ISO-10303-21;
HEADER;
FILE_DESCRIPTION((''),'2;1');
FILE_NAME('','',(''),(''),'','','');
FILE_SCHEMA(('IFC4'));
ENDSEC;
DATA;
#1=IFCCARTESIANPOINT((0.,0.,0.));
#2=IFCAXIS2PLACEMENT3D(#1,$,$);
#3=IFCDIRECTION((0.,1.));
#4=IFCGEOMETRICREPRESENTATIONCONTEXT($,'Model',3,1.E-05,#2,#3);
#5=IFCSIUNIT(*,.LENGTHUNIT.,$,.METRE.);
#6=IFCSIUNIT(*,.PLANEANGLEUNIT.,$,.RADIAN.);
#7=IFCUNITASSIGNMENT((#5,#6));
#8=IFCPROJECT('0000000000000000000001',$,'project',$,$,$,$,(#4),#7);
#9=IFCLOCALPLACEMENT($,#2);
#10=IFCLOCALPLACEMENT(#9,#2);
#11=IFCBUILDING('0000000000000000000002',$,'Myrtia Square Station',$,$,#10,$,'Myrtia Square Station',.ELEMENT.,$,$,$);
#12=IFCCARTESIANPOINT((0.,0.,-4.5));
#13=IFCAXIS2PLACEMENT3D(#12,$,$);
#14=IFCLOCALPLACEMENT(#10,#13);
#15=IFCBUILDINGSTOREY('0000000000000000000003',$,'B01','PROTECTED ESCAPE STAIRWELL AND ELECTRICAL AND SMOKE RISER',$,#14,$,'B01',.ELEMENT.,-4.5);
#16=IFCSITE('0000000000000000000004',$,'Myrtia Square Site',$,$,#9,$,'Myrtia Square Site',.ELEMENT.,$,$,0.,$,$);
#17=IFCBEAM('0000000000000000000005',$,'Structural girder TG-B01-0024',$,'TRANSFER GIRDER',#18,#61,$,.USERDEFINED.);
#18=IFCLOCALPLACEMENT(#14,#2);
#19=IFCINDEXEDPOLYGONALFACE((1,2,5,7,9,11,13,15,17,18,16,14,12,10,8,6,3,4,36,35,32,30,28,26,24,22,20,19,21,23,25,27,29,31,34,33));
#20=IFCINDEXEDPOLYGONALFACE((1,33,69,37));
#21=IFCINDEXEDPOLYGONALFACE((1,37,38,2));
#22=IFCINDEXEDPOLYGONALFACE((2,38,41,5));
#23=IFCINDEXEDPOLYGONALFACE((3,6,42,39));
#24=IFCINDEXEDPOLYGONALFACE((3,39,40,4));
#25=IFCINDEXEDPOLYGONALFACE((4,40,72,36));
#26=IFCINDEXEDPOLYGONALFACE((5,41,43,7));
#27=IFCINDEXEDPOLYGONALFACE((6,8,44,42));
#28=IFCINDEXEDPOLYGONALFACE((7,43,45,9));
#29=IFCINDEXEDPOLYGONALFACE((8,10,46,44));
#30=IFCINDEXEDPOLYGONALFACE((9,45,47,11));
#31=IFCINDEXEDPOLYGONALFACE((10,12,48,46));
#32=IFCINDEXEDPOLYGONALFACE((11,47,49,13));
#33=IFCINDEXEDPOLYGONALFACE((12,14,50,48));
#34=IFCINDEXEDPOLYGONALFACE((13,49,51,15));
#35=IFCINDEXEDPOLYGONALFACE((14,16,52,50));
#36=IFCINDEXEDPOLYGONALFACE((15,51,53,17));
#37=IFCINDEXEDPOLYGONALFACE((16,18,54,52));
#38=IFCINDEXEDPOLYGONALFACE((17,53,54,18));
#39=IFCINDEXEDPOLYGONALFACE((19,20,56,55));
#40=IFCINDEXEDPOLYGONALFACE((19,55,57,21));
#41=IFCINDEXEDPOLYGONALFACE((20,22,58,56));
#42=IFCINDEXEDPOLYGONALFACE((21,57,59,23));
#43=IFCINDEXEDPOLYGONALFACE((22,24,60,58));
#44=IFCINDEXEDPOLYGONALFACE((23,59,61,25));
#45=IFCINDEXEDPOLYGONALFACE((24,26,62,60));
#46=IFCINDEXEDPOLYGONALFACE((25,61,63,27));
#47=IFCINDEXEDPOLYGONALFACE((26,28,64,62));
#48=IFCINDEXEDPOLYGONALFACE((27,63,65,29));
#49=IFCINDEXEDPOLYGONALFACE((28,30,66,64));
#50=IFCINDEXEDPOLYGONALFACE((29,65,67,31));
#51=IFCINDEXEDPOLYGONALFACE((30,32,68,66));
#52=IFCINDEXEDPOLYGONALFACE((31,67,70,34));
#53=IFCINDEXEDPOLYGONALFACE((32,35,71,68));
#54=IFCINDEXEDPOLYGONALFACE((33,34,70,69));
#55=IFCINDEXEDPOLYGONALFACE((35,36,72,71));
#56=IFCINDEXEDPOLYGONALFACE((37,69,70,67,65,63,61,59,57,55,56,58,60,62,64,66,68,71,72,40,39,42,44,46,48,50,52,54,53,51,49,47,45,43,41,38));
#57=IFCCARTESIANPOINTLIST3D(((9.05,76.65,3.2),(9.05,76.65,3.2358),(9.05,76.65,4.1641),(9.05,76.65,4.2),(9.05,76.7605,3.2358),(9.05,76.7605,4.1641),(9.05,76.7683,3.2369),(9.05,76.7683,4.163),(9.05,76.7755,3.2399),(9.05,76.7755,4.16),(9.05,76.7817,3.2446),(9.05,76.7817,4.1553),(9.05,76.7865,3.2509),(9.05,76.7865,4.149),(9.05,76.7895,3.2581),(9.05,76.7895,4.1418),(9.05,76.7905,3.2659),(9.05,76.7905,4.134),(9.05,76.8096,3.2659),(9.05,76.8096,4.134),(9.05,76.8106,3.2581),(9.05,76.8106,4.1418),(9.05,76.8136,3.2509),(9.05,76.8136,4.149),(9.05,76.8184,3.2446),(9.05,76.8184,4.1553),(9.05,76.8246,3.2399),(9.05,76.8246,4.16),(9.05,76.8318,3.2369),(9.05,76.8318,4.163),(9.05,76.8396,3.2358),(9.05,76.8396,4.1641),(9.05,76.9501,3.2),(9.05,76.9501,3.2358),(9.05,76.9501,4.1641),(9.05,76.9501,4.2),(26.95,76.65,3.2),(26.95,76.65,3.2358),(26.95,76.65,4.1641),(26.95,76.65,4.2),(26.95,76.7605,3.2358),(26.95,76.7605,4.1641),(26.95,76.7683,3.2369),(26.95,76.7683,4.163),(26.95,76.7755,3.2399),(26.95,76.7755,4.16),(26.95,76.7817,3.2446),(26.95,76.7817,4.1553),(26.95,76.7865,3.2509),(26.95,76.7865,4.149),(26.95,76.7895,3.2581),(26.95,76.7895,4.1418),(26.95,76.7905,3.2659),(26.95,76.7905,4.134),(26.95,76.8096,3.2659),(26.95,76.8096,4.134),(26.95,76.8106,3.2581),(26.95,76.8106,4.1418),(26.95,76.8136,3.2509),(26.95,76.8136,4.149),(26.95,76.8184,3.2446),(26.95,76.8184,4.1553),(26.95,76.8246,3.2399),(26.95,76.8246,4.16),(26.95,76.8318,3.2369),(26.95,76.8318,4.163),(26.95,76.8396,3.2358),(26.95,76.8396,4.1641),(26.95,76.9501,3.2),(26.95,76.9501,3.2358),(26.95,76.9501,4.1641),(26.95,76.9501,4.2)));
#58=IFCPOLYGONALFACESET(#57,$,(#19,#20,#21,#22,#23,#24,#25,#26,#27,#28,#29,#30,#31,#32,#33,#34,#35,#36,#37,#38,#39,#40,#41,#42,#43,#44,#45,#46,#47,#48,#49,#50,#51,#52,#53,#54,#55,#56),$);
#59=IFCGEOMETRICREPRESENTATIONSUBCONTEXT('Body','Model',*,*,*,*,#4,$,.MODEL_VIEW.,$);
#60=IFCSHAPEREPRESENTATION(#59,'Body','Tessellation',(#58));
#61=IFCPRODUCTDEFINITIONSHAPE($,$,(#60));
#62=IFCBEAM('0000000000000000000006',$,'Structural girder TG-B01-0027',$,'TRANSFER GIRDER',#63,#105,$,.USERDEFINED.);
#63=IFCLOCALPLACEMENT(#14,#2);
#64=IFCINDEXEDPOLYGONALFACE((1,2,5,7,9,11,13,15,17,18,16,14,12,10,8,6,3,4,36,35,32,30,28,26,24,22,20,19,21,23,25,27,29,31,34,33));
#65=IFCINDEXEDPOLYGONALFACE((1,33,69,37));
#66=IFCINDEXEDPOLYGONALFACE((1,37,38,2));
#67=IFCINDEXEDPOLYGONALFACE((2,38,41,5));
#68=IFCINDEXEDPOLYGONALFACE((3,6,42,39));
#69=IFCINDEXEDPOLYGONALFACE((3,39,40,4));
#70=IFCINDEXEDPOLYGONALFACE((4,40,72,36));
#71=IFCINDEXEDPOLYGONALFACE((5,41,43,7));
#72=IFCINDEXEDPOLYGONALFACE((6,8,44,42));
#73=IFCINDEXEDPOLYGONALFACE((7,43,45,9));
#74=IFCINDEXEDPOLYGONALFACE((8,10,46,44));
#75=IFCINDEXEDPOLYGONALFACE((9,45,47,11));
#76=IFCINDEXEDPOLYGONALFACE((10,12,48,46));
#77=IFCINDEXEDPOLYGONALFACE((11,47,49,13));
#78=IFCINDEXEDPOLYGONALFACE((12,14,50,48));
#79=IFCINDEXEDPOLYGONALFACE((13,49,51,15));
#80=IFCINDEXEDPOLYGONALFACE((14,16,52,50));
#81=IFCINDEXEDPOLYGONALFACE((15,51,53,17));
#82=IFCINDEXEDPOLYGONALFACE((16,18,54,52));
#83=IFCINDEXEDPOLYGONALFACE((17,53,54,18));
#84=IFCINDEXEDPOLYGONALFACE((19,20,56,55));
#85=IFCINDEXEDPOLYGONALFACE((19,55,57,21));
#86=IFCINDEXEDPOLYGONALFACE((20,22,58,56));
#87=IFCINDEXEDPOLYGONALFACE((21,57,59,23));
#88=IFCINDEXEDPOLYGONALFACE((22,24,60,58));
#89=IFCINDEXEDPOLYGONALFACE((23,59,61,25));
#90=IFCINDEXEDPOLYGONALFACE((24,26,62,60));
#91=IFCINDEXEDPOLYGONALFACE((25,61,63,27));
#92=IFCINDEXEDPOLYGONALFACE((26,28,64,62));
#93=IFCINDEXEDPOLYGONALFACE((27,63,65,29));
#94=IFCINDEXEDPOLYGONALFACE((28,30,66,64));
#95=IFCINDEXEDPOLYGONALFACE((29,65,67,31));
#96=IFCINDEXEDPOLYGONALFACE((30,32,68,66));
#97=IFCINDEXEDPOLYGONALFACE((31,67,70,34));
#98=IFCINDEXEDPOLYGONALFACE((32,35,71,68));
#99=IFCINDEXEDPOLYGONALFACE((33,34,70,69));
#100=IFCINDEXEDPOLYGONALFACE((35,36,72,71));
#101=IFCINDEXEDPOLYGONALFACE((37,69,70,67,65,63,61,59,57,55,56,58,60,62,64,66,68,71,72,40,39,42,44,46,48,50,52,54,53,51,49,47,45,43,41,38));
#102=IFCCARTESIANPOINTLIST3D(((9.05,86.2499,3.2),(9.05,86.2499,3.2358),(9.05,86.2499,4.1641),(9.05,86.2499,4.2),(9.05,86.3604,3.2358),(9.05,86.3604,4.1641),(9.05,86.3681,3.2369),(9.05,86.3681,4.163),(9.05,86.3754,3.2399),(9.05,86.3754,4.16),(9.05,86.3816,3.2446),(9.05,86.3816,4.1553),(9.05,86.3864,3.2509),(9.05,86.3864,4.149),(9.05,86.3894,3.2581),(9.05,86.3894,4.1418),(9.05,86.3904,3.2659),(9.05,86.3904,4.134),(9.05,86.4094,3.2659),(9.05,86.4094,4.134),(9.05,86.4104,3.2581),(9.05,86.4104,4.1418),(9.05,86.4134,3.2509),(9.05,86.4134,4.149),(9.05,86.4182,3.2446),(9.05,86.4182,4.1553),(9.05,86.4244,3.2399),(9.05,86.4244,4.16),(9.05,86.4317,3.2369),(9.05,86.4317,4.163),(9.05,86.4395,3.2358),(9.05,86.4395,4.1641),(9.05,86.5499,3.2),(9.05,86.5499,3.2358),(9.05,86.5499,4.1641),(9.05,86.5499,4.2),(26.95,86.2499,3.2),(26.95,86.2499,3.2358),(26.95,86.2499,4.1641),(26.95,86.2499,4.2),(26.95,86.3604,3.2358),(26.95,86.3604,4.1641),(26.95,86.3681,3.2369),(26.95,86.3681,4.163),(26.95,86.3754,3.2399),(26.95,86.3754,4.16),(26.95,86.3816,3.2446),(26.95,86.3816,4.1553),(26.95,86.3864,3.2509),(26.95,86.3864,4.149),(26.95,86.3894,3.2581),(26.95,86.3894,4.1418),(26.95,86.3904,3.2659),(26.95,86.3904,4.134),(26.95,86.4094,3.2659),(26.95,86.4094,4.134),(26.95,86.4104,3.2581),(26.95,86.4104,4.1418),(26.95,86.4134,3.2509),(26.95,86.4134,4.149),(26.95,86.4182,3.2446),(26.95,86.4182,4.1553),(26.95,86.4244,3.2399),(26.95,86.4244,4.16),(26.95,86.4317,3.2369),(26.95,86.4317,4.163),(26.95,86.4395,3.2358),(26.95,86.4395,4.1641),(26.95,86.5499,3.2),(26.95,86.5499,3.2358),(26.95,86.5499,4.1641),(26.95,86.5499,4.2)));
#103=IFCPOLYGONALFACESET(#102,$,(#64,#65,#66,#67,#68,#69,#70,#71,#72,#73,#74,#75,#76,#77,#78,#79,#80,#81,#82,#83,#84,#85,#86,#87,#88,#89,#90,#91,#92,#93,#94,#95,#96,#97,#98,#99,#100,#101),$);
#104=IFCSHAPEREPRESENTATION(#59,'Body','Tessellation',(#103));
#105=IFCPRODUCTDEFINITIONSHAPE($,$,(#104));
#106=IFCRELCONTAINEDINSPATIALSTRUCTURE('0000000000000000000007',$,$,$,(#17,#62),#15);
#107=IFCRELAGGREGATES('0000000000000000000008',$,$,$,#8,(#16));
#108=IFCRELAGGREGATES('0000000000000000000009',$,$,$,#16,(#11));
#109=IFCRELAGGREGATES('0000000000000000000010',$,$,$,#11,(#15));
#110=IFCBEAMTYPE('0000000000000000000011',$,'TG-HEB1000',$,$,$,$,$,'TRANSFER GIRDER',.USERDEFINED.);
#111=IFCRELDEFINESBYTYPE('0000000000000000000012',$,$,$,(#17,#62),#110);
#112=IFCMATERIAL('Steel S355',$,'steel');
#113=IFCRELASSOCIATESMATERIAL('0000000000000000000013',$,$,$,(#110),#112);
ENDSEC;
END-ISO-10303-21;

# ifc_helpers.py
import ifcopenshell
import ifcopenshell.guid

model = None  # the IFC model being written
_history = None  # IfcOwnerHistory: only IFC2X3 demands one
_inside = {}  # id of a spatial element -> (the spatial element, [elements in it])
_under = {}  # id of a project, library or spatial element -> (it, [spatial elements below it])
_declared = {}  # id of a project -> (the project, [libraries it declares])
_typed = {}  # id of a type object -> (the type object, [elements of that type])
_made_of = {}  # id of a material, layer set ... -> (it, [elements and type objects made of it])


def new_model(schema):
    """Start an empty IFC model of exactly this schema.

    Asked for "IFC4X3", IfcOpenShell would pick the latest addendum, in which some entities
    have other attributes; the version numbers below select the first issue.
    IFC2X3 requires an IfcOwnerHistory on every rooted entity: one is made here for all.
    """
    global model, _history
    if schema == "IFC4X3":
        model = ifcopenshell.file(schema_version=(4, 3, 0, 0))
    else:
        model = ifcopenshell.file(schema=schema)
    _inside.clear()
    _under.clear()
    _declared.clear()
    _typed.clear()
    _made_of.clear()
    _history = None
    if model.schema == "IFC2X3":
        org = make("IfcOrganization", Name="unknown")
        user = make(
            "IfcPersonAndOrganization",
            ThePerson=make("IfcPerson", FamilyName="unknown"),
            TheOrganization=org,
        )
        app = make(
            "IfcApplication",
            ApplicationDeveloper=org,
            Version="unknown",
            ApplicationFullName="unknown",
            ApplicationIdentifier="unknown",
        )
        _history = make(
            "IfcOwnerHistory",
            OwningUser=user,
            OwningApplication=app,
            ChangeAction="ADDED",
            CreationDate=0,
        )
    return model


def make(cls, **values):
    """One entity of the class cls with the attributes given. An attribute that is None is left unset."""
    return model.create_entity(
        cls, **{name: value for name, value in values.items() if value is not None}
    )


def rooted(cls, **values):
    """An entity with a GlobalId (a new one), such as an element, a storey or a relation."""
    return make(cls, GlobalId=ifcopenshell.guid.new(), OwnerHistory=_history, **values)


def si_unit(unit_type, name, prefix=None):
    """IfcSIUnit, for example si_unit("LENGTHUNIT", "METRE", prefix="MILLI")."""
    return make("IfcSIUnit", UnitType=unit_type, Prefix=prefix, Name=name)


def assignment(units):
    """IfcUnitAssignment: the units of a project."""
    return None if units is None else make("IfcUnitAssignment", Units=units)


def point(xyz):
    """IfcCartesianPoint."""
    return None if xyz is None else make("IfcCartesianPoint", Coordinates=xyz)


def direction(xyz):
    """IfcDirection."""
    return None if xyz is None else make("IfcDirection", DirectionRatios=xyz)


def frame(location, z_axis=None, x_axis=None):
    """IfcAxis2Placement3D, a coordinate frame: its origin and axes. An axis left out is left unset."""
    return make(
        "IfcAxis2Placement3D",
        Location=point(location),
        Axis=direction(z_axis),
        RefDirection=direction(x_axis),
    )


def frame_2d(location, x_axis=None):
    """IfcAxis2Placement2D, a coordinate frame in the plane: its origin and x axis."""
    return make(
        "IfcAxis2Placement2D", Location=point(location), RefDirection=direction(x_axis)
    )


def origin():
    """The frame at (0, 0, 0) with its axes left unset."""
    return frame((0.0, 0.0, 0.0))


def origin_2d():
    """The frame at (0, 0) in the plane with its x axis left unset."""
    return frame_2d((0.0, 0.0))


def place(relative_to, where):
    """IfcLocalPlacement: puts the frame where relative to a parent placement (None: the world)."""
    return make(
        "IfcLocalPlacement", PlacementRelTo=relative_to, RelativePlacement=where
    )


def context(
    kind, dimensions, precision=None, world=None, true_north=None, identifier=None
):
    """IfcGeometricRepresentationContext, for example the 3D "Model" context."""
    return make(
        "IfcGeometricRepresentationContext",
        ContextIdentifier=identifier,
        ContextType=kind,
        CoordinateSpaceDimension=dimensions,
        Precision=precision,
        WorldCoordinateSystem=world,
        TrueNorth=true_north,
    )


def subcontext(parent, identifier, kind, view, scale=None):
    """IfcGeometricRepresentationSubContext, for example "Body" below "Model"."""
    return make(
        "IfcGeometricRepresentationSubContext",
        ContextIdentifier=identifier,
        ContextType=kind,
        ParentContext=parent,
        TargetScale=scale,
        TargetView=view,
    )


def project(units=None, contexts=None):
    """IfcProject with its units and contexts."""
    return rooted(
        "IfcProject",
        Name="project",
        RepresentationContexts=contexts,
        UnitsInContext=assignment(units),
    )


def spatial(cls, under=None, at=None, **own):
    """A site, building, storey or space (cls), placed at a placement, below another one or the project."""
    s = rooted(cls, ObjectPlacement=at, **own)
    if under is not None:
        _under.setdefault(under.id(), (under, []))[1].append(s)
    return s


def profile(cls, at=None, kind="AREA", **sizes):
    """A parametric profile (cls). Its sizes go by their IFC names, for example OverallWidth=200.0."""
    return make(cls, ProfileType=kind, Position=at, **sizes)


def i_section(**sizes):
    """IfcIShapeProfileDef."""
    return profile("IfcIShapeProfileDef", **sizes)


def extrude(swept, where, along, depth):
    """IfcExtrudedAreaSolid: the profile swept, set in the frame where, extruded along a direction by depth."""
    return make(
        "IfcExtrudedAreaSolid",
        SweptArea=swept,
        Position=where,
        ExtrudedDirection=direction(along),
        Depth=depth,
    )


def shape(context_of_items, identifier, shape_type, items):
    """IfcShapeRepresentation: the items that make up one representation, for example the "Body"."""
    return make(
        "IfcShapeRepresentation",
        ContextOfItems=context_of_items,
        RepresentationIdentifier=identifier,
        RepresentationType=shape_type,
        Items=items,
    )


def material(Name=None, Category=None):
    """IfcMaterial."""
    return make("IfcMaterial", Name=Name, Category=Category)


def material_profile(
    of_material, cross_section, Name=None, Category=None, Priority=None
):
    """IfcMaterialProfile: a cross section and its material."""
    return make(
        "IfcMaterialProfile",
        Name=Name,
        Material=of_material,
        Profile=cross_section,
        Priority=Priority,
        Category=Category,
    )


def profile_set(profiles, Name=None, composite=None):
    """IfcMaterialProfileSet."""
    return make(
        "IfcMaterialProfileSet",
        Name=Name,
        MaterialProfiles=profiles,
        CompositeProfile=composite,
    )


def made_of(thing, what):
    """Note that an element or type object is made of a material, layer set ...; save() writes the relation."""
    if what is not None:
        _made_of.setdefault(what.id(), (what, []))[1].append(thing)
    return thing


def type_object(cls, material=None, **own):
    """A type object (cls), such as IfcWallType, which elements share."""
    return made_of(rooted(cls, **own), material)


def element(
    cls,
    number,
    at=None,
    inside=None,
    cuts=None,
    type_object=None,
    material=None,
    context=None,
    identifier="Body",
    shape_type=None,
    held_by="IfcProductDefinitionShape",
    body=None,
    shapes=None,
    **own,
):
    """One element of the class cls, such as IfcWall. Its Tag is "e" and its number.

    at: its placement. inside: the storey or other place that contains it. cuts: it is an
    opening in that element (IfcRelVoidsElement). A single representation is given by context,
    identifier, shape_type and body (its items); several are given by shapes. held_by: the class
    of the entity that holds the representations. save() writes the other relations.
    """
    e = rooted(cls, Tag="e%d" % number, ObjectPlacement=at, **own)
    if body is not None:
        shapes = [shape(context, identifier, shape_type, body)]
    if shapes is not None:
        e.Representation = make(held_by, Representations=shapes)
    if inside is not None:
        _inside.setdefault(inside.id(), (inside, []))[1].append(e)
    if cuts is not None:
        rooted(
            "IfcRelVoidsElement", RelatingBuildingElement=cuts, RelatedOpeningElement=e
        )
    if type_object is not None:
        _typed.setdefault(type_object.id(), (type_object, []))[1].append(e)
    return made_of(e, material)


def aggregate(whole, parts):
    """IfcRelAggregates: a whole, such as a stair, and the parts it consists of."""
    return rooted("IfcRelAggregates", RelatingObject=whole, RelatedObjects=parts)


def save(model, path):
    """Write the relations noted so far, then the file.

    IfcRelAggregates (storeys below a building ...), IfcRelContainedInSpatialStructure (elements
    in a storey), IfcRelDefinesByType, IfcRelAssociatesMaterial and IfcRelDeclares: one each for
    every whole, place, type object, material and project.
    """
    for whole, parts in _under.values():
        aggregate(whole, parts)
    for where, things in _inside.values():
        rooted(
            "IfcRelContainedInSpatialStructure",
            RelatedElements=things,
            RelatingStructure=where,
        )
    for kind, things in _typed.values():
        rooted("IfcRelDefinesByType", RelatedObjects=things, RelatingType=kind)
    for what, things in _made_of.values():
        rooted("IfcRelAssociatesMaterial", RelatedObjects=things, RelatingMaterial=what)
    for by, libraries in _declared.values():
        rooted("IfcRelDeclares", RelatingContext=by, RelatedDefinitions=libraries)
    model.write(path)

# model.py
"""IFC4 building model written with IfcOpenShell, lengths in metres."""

from ifc_helpers import new_model, si_unit, direction, frame, origin, origin_2d, place, context, subcontext, project, spatial, i_section, extrude, material, material_profile, profile_set, type_object, element, save


model = new_model("IFC4")

# Units and contexts
model_context = context("Model", 3, precision=1e-05, world=origin(), true_north=direction((0.0, 1.0)))
body_context = subcontext(model_context, "Body", "Model", "MODEL_VIEW")
ifc_project = project(units=[si_unit("LENGTHUNIT", "METRE"), si_unit("PLANEANGLEUNIT", "RADIAN")], contexts=[model_context])

# Site, building, storey
site_placement = place(None, origin())
site = spatial("IfcSite", under=ifc_project, at=site_placement, Name="Myrtia Square Site", LongName="Myrtia Square Site", CompositionType="ELEMENT", RefElevation=0.0)
building_placement = place(site_placement, origin())
building = spatial("IfcBuilding", under=site, at=building_placement, Name="Myrtia Square Station", LongName="Myrtia Square Station", CompositionType="ELEMENT")
storey_placement = place(building_placement, frame((0.0, 0.0, -4.5)))
storey = spatial("IfcBuildingStorey", under=building, at=storey_placement, Name="B01", Description="PROTECTED ESCAPE STAIRWELL AND ELECTRICAL AND SMOKE RISER", LongName="B01", CompositionType="ELEMENT", Elevation=-4.5)

# Shared definitions
ifc_material_1 = material(Name="Steel S355", Category="steel")

# Beams
ifc_material_profile_1 = material_profile(ifc_material_1, i_section(OverallWidth=0.3, OverallDepth=1.0, WebThickness=0.019, FlangeThickness=0.0359, FilletRadius=0.03, at=origin_2d()), Name="HEB 1000")
ifc_profile_set_1 = profile_set([ifc_material_profile_1], Name="Steel S355")
beam_type_1 = type_object("IfcBeamType", Name="TG-HEB1000", ElementType="TRANSFER GIRDER", PredefinedType="USERDEFINED", material=ifc_profile_set_1)
for number, where, z_axis, x_axis, name in (
    (1, (9.05, 76.8, 3.7), (1.0, 0.0, 0.0), (0.0, 1.0, 0.0), "Structural girder TG-B01-0024"),
    (2, (9.05, 86.3999, 3.7), (1.0, 0.0, 0.0), (0.0, 1.0, 0.0), "Structural girder TG-B01-0027"),
):
    element("IfcBeam", number, at=place(storey_placement, frame(where, z_axis=z_axis, x_axis=x_axis)), inside=storey, type_object=beam_type_1, Name=name, ObjectType="TRANSFER GIRDER", PredefinedType="USERDEFINED", context=body_context, shape_type="SweptSolid", body=[
        extrude(i_section(OverallWidth=0.3, OverallDepth=1.0, WebThickness=0.019, FlangeThickness=0.0359, FilletRadius=0.03, at=origin_2d()), origin(), (0.0, 0.0, 1.0), 17.8999),
    ])

save(model, "model.ifc")
